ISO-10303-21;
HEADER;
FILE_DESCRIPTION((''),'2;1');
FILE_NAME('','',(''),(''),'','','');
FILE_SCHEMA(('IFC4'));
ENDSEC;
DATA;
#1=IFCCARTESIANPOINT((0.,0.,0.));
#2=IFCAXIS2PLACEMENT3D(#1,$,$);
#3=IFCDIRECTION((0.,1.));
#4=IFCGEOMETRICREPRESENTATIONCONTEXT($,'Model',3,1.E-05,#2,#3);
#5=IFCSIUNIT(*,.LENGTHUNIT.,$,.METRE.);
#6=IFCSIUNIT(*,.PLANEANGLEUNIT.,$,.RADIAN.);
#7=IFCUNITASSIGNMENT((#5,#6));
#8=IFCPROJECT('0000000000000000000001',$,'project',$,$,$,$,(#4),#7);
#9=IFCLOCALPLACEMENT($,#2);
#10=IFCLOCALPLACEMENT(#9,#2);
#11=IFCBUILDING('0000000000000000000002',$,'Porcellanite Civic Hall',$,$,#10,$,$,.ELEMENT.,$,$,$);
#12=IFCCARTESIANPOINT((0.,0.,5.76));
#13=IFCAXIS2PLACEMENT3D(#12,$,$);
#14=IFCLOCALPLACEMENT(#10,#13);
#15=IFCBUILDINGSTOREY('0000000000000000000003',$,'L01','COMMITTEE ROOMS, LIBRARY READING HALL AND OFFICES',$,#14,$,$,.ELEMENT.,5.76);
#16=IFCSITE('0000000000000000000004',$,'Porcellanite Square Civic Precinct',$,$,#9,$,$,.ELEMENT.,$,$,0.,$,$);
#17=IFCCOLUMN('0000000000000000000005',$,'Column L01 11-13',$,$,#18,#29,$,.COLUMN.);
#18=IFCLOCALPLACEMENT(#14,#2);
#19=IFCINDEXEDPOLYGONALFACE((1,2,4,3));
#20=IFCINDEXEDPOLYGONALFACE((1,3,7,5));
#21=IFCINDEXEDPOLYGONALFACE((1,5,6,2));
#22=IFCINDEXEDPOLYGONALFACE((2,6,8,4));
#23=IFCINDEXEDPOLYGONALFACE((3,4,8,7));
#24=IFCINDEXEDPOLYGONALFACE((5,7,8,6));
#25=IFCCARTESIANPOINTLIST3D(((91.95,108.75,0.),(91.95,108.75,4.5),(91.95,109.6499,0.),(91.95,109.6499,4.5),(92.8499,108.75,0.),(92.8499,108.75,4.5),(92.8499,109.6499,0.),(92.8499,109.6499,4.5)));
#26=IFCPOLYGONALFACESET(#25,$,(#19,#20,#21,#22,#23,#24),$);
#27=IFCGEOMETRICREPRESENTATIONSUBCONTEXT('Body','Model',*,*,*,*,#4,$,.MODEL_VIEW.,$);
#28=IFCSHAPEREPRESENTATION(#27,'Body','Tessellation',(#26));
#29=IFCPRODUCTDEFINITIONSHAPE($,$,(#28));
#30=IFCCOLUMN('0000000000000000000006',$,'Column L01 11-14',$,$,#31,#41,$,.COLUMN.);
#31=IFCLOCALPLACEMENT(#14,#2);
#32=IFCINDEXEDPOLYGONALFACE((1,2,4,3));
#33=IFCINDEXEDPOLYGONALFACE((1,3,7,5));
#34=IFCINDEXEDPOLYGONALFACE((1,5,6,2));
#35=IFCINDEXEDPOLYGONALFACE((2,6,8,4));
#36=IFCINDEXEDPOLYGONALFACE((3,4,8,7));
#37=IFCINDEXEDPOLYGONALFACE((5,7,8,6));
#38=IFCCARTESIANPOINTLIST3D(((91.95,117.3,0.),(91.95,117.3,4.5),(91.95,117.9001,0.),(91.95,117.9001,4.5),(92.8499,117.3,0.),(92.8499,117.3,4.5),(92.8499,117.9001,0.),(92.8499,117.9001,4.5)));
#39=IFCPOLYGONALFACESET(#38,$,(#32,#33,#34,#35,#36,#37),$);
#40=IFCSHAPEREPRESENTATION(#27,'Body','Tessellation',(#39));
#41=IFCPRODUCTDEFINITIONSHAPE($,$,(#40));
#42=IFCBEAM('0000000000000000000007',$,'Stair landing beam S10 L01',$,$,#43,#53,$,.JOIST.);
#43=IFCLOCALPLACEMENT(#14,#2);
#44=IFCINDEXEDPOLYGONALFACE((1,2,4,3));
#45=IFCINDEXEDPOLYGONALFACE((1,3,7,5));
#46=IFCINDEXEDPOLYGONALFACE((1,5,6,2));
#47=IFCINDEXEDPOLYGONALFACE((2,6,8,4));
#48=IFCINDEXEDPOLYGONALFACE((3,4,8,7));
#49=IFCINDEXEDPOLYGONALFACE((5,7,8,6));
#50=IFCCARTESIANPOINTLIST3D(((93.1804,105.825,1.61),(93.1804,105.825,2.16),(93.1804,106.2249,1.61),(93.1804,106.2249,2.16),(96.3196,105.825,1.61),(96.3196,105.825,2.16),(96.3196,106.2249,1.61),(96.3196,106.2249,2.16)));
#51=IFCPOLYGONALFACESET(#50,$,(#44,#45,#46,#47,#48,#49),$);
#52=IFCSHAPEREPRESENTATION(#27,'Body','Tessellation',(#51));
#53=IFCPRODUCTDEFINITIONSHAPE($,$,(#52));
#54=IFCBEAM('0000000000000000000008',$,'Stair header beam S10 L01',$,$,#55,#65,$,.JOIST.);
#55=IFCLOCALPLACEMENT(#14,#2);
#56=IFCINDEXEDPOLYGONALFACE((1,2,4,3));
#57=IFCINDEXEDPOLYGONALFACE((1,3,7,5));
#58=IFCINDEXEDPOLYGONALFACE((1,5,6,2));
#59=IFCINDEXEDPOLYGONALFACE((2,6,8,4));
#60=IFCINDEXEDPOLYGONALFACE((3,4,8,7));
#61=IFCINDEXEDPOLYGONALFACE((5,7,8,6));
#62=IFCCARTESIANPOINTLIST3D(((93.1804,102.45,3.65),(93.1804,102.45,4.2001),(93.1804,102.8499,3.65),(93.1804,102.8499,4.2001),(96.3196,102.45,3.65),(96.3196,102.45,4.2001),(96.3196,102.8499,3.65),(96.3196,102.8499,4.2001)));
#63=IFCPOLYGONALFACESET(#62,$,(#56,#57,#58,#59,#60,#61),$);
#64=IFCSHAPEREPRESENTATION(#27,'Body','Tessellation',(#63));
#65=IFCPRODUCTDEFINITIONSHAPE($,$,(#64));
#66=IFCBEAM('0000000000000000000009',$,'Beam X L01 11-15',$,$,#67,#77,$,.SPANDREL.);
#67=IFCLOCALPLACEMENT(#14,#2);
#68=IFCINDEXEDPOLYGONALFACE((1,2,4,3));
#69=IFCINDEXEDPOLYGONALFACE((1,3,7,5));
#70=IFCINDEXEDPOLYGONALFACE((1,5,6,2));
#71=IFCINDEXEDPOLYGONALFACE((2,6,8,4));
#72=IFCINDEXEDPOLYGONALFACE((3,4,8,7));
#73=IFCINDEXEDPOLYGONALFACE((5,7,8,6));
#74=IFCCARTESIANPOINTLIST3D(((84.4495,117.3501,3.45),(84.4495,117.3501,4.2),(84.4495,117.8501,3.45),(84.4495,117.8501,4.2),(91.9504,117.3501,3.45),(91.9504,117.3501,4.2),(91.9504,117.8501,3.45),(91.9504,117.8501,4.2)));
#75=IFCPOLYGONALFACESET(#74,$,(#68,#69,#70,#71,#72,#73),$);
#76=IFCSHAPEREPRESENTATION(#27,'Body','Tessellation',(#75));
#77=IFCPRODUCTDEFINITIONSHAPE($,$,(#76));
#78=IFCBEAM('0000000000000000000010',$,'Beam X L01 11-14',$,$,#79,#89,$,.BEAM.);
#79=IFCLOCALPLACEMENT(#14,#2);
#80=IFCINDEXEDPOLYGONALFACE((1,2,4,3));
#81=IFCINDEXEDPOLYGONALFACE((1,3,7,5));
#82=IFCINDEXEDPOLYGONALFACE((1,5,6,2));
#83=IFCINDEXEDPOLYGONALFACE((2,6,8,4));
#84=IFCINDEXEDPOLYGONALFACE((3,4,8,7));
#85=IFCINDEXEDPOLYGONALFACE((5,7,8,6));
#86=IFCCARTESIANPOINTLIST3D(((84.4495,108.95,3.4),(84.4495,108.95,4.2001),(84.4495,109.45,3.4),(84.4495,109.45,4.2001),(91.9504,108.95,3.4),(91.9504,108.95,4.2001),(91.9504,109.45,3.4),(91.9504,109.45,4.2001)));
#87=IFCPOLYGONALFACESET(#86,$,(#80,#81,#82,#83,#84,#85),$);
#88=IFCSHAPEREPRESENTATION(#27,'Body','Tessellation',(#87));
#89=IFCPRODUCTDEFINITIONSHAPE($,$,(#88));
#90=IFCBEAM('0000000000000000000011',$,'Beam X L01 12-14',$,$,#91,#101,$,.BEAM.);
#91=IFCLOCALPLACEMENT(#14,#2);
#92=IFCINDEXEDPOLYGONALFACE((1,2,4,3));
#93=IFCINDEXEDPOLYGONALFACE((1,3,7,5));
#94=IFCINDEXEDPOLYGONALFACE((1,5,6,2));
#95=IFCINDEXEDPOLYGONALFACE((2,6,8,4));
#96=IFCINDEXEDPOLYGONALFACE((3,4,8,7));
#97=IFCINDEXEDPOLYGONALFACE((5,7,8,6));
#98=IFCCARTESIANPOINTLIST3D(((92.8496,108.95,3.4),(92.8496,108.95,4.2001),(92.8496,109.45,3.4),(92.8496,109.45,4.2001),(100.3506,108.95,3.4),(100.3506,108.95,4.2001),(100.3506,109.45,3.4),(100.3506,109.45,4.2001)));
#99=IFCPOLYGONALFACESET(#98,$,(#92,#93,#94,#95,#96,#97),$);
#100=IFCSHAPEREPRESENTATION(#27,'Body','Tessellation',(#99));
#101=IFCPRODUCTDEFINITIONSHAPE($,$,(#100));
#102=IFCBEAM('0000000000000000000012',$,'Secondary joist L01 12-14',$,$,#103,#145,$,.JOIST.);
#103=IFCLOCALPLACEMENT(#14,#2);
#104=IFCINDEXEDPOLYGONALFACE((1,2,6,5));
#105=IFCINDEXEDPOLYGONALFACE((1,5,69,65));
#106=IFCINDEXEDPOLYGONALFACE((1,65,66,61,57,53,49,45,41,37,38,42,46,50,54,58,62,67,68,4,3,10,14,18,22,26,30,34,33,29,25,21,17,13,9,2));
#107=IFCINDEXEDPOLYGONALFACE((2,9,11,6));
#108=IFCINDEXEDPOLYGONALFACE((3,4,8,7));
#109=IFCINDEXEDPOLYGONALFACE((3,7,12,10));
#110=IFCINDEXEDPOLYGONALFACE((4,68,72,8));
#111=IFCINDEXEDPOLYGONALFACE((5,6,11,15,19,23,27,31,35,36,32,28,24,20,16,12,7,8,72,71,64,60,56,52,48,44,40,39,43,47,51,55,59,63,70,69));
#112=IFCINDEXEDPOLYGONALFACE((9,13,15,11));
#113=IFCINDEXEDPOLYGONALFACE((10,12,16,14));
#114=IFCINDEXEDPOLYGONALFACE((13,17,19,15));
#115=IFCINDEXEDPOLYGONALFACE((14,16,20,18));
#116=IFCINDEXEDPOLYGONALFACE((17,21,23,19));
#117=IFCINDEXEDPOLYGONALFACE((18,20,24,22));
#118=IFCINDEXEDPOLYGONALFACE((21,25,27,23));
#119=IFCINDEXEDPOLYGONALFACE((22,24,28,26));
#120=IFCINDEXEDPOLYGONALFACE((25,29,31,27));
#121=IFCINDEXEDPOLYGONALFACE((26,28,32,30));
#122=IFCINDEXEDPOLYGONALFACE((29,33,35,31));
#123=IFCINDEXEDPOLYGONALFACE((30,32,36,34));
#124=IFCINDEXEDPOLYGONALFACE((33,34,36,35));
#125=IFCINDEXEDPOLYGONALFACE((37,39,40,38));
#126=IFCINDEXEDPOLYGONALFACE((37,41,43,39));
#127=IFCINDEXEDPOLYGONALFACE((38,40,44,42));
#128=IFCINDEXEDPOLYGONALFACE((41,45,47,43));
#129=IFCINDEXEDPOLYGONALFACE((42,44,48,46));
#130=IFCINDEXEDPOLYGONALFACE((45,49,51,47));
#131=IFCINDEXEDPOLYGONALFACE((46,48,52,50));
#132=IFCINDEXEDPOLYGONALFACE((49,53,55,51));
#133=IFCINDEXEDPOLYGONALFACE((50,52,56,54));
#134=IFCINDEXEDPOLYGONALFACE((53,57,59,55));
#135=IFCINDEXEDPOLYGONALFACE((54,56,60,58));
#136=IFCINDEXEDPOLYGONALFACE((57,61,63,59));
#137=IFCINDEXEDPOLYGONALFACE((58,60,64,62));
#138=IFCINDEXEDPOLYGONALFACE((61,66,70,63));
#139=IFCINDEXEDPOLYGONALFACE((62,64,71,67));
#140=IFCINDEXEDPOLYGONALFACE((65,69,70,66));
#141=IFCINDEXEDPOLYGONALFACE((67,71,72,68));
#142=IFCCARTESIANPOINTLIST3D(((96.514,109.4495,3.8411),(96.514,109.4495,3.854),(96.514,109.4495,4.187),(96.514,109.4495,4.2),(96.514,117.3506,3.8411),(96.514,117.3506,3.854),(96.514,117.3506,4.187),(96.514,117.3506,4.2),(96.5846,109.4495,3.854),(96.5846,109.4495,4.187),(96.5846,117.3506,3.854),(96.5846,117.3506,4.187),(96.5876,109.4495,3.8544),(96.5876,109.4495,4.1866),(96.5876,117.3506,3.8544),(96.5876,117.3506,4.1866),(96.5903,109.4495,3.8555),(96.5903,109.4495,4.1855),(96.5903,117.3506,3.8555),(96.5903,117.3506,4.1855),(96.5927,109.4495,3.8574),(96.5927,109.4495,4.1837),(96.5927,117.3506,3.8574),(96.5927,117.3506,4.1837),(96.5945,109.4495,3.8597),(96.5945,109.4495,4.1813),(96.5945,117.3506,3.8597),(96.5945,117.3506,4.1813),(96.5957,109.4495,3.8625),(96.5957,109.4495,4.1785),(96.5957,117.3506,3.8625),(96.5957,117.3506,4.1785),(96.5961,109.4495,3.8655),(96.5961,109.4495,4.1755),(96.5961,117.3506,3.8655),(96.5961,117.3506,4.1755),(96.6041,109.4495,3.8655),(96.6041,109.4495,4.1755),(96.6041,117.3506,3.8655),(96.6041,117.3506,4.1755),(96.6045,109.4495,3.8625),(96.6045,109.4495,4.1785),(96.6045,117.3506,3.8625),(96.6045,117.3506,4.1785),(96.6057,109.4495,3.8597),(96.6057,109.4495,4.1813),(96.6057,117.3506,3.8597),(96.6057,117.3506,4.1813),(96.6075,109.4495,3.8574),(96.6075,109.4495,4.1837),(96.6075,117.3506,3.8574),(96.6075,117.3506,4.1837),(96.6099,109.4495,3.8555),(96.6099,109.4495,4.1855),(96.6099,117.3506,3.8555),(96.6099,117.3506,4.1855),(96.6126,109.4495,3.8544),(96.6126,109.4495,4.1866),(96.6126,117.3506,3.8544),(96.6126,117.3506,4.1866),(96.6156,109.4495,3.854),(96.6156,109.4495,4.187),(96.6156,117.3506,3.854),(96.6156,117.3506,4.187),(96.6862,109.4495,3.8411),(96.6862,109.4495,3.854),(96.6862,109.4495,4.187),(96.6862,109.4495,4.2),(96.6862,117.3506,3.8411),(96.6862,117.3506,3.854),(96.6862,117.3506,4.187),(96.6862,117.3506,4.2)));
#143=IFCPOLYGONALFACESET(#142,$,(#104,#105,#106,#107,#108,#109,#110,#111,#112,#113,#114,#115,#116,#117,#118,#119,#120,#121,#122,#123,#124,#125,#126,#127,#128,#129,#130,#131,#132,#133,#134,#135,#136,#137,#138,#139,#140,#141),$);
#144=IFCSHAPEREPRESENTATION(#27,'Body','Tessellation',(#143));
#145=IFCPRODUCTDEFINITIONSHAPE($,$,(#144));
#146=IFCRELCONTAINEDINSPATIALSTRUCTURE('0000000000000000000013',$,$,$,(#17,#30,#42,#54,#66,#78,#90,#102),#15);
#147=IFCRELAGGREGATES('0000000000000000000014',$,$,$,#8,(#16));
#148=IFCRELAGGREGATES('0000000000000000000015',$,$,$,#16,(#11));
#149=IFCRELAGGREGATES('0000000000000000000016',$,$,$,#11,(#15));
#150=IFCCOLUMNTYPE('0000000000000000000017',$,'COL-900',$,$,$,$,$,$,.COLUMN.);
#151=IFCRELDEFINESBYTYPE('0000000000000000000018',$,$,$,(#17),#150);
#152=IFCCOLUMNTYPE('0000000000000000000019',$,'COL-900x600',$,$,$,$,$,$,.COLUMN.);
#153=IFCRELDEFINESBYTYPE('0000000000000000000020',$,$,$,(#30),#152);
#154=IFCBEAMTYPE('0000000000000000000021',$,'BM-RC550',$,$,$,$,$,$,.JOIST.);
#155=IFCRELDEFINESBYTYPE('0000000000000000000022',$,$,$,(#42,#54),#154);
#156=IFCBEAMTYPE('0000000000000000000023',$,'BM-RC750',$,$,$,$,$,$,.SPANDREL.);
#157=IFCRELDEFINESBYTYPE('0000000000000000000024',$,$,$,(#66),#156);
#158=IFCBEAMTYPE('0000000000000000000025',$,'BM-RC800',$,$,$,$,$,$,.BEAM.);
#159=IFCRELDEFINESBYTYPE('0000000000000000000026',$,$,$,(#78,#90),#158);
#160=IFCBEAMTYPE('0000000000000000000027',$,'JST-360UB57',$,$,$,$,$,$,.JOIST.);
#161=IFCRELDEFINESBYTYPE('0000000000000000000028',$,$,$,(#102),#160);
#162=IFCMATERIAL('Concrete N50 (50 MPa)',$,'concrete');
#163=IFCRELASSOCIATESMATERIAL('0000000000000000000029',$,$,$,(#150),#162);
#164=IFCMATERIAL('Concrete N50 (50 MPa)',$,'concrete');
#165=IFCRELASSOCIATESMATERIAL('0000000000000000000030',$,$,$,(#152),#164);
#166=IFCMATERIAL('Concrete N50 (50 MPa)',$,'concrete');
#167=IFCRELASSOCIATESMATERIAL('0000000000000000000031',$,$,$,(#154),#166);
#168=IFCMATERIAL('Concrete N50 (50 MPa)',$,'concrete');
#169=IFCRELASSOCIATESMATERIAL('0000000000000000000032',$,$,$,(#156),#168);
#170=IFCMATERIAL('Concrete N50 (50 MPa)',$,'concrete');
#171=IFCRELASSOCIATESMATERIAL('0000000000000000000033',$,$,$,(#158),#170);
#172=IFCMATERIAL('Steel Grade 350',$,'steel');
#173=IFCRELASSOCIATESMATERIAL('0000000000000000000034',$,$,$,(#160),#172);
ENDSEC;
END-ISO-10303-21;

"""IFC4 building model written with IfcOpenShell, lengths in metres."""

from ifc_helpers import new_model, si_unit, direction, frame, origin, origin_2d, place, context, subcontext, project, spatial, rectangle, i_section, extrude, material, material_profile, profile_set, type_object, element, save


model = new_model("IFC4")

# Units and contexts
model_context = context("Model", 3, precision=1e-05, world=origin(), true_north=direction((0.0, 1.0)))
body_context = subcontext(model_context, "Body", "Model", "MODEL_VIEW")
ifc_project = project(units=[si_unit("LENGTHUNIT", "METRE"), si_unit("PLANEANGLEUNIT", "RADIAN")], contexts=[model_context])

# Site, building, storey
site_placement = place(None, origin())
site = spatial("IfcSite", under=ifc_project, at=site_placement, Name="Porcellanite Square Civic Precinct", CompositionType="ELEMENT", RefElevation=0.0)
building_placement = place(site_placement, origin())
building = spatial("IfcBuilding", under=site, at=building_placement, Name="Porcellanite Civic Hall", CompositionType="ELEMENT")
storey_placement = place(building_placement, frame((0.0, 0.0, 5.76)))
storey = spatial("IfcBuildingStorey", under=building, at=storey_placement, Name="L01", Description="COMMITTEE ROOMS, LIBRARY READING HALL AND OFFICES", CompositionType="ELEMENT", Elevation=5.76)

# Columns
ifc_material_1 = material(Name="Concrete N50 (50 MPa)", Category="concrete")
ifc_material_profile_1 = material_profile(ifc_material_1, rectangle(XDim=0.8999, YDim=0.8999, at=origin_2d()), Name="RC-900x900")
ifc_profile_set_1 = profile_set([ifc_material_profile_1], Name="Concrete N50 (50 MPa)")
column_type_1 = type_object("IfcColumnType", Name="COL-900", PredefinedType="COLUMN", material=ifc_profile_set_1)
column_1_placement = place(storey_placement, frame((92.3999, 109.2, 0.0), z_axis=(0.0, 0.0, 1.0), x_axis=(1.0, 0.0, 0.0)))
element("IfcColumn", 1, at=column_1_placement, inside=storey, type_object=column_type_1, Name="Column L01 11-13", PredefinedType="COLUMN", context=body_context, shape_type="SweptSolid", body=[
    extrude(rectangle(XDim=0.8999, YDim=0.8999, at=origin_2d()), origin(), (0.0, 0.0, 1.0), 4.5),
])
ifc_material_2 = material(Name="Concrete N50 (50 MPa)", Category="concrete")
ifc_material_profile_2 = material_profile(ifc_material_2, rectangle(XDim=0.8999, YDim=0.6001, at=origin_2d()), Name="RC-900x600")
ifc_profile_set_2 = profile_set([ifc_material_profile_2], Name="Concrete N50 (50 MPa)")
column_type_2 = type_object("IfcColumnType", Name="COL-900x600", PredefinedType="COLUMN", material=ifc_profile_set_2)
column_2_placement = place(storey_placement, frame((92.3999, 117.6001, 0.0), z_axis=(0.0, 0.0, 1.0), x_axis=(1.0, 0.0, 0.0)))
element("IfcColumn", 2, at=column_2_placement, inside=storey, type_object=column_type_2, Name="Column L01 11-14", PredefinedType="COLUMN", context=body_context, shape_type="SweptSolid", body=[
    extrude(rectangle(XDim=0.8999, YDim=0.6001, at=origin_2d()), origin(), (0.0, 0.0, 1.0), 4.5),
])

# Beams
ifc_material_3 = material(Name="Concrete N50 (50 MPa)", Category="concrete")
ifc_material_profile_3 = material_profile(ifc_material_3, rectangle(XDim=0.3999, YDim=0.55, at=origin_2d()), Name="RC-400x550")
ifc_profile_set_3 = profile_set([ifc_material_profile_3], Name="Concrete N50 (50 MPa)")
beam_type_1 = type_object("IfcBeamType", Name="BM-RC550", PredefinedType="JOIST", material=ifc_profile_set_3)
for number, where, z_axis, x_axis, name in (
    (3, (93.1804, 106.0249, 1.885), (1.0, 0.0, 0.0), (0.0, 1.0, 0.0), "Stair landing beam S10 L01"),
    (4, (93.1804, 102.6499, 3.925), (1.0, 0.0, 0.0), (0.0, 1.0, 0.0), "Stair header beam S10 L01"),
):
    element("IfcBeam", number, at=place(storey_placement, frame(where, z_axis=z_axis, x_axis=x_axis)), inside=storey, type_object=beam_type_1, Name=name, PredefinedType="JOIST", context=body_context, shape_type="SweptSolid", body=[
        extrude(rectangle(XDim=0.3999, YDim=0.55, at=origin_2d()), origin(), (0.0, 0.0, 1.0), 3.1392),
    ])
ifc_material_4 = material(Name="Concrete N50 (50 MPa)", Category="concrete")
ifc_material_profile_4 = material_profile(ifc_material_4, rectangle(XDim=0.5, YDim=0.75, at=origin_2d()), Name="RC-500x750")
ifc_profile_set_4 = profile_set([ifc_material_profile_4], Name="Concrete N50 (50 MPa)")
beam_type_2 = type_object("IfcBeamType", Name="BM-RC750", PredefinedType="SPANDREL", material=ifc_profile_set_4)
beam_1_placement = place(storey_placement, frame((84.4495, 117.6001, 3.825), z_axis=(1.0, 0.0, 0.0), x_axis=(0.0, 1.0, 0.0)))
element("IfcBeam", 5, at=beam_1_placement, inside=storey, type_object=beam_type_2, Name="Beam X L01 11-15", PredefinedType="SPANDREL", context=body_context, shape_type="SweptSolid", body=[
    extrude(rectangle(XDim=0.5, YDim=0.75, at=origin_2d()), origin(), (0.0, 0.0, 1.0), 7.501),
])
ifc_material_5 = material(Name="Concrete N50 (50 MPa)", Category="concrete")
ifc_material_profile_5 = material_profile(ifc_material_5, rectangle(XDim=0.5, YDim=0.8, at=origin_2d()), Name="RC-500x800")
ifc_profile_set_5 = profile_set([ifc_material_profile_5], Name="Concrete N50 (50 MPa)")
beam_type_3 = type_object("IfcBeamType", Name="BM-RC800", PredefinedType="BEAM", material=ifc_profile_set_5)
for number, where, z_axis, x_axis, name in (
    (6, (84.4495, 109.2, 3.8), (1.0, 0.0, 0.0), (0.0, 1.0, 0.0), "Beam X L01 11-14"),
    (7, (92.8496, 109.2, 3.8), (1.0, 0.0, 0.0), (0.0, 1.0, 0.0), "Beam X L01 12-14"),
):
    element("IfcBeam", number, at=place(storey_placement, frame(where, z_axis=z_axis, x_axis=x_axis)), inside=storey, type_object=beam_type_3, Name=name, PredefinedType="BEAM", context=body_context, shape_type="SweptSolid", body=[
        extrude(rectangle(XDim=0.5, YDim=0.8, at=origin_2d()), origin(), (0.0, 0.0, 1.0), 7.501),
    ])
ifc_material_6 = material(Name="Steel Grade 350", Category="steel")
ifc_material_profile_6 = material_profile(ifc_material_6, i_section(OverallWidth=0.1721, OverallDepth=0.3589, WebThickness=0.0081, FlangeThickness=0.0129, FilletRadius=0.0115, at=origin_2d()), Name="360UB56.7")
ifc_profile_set_6 = profile_set([ifc_material_profile_6], Name="Steel Grade 350")
beam_type_4 = type_object("IfcBeamType", Name="JST-360UB57", PredefinedType="JOIST", material=ifc_profile_set_6)
beam_2_placement = place(storey_placement, frame((96.6001, 109.4495, 4.0205), z_axis=(0.0, 1.0, 0.0), x_axis=(-1.0, 0.0, 0.0)))
element("IfcBeam", 8, at=beam_2_placement, inside=storey, type_object=beam_type_4, Name="Secondary joist L01 12-14", PredefinedType="JOIST", context=body_context, shape_type="SweptSolid", body=[
    extrude(i_section(OverallWidth=0.1721, OverallDepth=0.3589, WebThickness=0.0081, FlangeThickness=0.0129, FilletRadius=0.0115, at=origin_2d()), origin(), (0.0, 0.0, 1.0), 7.9011),
])

save(model, "model.ifc")
